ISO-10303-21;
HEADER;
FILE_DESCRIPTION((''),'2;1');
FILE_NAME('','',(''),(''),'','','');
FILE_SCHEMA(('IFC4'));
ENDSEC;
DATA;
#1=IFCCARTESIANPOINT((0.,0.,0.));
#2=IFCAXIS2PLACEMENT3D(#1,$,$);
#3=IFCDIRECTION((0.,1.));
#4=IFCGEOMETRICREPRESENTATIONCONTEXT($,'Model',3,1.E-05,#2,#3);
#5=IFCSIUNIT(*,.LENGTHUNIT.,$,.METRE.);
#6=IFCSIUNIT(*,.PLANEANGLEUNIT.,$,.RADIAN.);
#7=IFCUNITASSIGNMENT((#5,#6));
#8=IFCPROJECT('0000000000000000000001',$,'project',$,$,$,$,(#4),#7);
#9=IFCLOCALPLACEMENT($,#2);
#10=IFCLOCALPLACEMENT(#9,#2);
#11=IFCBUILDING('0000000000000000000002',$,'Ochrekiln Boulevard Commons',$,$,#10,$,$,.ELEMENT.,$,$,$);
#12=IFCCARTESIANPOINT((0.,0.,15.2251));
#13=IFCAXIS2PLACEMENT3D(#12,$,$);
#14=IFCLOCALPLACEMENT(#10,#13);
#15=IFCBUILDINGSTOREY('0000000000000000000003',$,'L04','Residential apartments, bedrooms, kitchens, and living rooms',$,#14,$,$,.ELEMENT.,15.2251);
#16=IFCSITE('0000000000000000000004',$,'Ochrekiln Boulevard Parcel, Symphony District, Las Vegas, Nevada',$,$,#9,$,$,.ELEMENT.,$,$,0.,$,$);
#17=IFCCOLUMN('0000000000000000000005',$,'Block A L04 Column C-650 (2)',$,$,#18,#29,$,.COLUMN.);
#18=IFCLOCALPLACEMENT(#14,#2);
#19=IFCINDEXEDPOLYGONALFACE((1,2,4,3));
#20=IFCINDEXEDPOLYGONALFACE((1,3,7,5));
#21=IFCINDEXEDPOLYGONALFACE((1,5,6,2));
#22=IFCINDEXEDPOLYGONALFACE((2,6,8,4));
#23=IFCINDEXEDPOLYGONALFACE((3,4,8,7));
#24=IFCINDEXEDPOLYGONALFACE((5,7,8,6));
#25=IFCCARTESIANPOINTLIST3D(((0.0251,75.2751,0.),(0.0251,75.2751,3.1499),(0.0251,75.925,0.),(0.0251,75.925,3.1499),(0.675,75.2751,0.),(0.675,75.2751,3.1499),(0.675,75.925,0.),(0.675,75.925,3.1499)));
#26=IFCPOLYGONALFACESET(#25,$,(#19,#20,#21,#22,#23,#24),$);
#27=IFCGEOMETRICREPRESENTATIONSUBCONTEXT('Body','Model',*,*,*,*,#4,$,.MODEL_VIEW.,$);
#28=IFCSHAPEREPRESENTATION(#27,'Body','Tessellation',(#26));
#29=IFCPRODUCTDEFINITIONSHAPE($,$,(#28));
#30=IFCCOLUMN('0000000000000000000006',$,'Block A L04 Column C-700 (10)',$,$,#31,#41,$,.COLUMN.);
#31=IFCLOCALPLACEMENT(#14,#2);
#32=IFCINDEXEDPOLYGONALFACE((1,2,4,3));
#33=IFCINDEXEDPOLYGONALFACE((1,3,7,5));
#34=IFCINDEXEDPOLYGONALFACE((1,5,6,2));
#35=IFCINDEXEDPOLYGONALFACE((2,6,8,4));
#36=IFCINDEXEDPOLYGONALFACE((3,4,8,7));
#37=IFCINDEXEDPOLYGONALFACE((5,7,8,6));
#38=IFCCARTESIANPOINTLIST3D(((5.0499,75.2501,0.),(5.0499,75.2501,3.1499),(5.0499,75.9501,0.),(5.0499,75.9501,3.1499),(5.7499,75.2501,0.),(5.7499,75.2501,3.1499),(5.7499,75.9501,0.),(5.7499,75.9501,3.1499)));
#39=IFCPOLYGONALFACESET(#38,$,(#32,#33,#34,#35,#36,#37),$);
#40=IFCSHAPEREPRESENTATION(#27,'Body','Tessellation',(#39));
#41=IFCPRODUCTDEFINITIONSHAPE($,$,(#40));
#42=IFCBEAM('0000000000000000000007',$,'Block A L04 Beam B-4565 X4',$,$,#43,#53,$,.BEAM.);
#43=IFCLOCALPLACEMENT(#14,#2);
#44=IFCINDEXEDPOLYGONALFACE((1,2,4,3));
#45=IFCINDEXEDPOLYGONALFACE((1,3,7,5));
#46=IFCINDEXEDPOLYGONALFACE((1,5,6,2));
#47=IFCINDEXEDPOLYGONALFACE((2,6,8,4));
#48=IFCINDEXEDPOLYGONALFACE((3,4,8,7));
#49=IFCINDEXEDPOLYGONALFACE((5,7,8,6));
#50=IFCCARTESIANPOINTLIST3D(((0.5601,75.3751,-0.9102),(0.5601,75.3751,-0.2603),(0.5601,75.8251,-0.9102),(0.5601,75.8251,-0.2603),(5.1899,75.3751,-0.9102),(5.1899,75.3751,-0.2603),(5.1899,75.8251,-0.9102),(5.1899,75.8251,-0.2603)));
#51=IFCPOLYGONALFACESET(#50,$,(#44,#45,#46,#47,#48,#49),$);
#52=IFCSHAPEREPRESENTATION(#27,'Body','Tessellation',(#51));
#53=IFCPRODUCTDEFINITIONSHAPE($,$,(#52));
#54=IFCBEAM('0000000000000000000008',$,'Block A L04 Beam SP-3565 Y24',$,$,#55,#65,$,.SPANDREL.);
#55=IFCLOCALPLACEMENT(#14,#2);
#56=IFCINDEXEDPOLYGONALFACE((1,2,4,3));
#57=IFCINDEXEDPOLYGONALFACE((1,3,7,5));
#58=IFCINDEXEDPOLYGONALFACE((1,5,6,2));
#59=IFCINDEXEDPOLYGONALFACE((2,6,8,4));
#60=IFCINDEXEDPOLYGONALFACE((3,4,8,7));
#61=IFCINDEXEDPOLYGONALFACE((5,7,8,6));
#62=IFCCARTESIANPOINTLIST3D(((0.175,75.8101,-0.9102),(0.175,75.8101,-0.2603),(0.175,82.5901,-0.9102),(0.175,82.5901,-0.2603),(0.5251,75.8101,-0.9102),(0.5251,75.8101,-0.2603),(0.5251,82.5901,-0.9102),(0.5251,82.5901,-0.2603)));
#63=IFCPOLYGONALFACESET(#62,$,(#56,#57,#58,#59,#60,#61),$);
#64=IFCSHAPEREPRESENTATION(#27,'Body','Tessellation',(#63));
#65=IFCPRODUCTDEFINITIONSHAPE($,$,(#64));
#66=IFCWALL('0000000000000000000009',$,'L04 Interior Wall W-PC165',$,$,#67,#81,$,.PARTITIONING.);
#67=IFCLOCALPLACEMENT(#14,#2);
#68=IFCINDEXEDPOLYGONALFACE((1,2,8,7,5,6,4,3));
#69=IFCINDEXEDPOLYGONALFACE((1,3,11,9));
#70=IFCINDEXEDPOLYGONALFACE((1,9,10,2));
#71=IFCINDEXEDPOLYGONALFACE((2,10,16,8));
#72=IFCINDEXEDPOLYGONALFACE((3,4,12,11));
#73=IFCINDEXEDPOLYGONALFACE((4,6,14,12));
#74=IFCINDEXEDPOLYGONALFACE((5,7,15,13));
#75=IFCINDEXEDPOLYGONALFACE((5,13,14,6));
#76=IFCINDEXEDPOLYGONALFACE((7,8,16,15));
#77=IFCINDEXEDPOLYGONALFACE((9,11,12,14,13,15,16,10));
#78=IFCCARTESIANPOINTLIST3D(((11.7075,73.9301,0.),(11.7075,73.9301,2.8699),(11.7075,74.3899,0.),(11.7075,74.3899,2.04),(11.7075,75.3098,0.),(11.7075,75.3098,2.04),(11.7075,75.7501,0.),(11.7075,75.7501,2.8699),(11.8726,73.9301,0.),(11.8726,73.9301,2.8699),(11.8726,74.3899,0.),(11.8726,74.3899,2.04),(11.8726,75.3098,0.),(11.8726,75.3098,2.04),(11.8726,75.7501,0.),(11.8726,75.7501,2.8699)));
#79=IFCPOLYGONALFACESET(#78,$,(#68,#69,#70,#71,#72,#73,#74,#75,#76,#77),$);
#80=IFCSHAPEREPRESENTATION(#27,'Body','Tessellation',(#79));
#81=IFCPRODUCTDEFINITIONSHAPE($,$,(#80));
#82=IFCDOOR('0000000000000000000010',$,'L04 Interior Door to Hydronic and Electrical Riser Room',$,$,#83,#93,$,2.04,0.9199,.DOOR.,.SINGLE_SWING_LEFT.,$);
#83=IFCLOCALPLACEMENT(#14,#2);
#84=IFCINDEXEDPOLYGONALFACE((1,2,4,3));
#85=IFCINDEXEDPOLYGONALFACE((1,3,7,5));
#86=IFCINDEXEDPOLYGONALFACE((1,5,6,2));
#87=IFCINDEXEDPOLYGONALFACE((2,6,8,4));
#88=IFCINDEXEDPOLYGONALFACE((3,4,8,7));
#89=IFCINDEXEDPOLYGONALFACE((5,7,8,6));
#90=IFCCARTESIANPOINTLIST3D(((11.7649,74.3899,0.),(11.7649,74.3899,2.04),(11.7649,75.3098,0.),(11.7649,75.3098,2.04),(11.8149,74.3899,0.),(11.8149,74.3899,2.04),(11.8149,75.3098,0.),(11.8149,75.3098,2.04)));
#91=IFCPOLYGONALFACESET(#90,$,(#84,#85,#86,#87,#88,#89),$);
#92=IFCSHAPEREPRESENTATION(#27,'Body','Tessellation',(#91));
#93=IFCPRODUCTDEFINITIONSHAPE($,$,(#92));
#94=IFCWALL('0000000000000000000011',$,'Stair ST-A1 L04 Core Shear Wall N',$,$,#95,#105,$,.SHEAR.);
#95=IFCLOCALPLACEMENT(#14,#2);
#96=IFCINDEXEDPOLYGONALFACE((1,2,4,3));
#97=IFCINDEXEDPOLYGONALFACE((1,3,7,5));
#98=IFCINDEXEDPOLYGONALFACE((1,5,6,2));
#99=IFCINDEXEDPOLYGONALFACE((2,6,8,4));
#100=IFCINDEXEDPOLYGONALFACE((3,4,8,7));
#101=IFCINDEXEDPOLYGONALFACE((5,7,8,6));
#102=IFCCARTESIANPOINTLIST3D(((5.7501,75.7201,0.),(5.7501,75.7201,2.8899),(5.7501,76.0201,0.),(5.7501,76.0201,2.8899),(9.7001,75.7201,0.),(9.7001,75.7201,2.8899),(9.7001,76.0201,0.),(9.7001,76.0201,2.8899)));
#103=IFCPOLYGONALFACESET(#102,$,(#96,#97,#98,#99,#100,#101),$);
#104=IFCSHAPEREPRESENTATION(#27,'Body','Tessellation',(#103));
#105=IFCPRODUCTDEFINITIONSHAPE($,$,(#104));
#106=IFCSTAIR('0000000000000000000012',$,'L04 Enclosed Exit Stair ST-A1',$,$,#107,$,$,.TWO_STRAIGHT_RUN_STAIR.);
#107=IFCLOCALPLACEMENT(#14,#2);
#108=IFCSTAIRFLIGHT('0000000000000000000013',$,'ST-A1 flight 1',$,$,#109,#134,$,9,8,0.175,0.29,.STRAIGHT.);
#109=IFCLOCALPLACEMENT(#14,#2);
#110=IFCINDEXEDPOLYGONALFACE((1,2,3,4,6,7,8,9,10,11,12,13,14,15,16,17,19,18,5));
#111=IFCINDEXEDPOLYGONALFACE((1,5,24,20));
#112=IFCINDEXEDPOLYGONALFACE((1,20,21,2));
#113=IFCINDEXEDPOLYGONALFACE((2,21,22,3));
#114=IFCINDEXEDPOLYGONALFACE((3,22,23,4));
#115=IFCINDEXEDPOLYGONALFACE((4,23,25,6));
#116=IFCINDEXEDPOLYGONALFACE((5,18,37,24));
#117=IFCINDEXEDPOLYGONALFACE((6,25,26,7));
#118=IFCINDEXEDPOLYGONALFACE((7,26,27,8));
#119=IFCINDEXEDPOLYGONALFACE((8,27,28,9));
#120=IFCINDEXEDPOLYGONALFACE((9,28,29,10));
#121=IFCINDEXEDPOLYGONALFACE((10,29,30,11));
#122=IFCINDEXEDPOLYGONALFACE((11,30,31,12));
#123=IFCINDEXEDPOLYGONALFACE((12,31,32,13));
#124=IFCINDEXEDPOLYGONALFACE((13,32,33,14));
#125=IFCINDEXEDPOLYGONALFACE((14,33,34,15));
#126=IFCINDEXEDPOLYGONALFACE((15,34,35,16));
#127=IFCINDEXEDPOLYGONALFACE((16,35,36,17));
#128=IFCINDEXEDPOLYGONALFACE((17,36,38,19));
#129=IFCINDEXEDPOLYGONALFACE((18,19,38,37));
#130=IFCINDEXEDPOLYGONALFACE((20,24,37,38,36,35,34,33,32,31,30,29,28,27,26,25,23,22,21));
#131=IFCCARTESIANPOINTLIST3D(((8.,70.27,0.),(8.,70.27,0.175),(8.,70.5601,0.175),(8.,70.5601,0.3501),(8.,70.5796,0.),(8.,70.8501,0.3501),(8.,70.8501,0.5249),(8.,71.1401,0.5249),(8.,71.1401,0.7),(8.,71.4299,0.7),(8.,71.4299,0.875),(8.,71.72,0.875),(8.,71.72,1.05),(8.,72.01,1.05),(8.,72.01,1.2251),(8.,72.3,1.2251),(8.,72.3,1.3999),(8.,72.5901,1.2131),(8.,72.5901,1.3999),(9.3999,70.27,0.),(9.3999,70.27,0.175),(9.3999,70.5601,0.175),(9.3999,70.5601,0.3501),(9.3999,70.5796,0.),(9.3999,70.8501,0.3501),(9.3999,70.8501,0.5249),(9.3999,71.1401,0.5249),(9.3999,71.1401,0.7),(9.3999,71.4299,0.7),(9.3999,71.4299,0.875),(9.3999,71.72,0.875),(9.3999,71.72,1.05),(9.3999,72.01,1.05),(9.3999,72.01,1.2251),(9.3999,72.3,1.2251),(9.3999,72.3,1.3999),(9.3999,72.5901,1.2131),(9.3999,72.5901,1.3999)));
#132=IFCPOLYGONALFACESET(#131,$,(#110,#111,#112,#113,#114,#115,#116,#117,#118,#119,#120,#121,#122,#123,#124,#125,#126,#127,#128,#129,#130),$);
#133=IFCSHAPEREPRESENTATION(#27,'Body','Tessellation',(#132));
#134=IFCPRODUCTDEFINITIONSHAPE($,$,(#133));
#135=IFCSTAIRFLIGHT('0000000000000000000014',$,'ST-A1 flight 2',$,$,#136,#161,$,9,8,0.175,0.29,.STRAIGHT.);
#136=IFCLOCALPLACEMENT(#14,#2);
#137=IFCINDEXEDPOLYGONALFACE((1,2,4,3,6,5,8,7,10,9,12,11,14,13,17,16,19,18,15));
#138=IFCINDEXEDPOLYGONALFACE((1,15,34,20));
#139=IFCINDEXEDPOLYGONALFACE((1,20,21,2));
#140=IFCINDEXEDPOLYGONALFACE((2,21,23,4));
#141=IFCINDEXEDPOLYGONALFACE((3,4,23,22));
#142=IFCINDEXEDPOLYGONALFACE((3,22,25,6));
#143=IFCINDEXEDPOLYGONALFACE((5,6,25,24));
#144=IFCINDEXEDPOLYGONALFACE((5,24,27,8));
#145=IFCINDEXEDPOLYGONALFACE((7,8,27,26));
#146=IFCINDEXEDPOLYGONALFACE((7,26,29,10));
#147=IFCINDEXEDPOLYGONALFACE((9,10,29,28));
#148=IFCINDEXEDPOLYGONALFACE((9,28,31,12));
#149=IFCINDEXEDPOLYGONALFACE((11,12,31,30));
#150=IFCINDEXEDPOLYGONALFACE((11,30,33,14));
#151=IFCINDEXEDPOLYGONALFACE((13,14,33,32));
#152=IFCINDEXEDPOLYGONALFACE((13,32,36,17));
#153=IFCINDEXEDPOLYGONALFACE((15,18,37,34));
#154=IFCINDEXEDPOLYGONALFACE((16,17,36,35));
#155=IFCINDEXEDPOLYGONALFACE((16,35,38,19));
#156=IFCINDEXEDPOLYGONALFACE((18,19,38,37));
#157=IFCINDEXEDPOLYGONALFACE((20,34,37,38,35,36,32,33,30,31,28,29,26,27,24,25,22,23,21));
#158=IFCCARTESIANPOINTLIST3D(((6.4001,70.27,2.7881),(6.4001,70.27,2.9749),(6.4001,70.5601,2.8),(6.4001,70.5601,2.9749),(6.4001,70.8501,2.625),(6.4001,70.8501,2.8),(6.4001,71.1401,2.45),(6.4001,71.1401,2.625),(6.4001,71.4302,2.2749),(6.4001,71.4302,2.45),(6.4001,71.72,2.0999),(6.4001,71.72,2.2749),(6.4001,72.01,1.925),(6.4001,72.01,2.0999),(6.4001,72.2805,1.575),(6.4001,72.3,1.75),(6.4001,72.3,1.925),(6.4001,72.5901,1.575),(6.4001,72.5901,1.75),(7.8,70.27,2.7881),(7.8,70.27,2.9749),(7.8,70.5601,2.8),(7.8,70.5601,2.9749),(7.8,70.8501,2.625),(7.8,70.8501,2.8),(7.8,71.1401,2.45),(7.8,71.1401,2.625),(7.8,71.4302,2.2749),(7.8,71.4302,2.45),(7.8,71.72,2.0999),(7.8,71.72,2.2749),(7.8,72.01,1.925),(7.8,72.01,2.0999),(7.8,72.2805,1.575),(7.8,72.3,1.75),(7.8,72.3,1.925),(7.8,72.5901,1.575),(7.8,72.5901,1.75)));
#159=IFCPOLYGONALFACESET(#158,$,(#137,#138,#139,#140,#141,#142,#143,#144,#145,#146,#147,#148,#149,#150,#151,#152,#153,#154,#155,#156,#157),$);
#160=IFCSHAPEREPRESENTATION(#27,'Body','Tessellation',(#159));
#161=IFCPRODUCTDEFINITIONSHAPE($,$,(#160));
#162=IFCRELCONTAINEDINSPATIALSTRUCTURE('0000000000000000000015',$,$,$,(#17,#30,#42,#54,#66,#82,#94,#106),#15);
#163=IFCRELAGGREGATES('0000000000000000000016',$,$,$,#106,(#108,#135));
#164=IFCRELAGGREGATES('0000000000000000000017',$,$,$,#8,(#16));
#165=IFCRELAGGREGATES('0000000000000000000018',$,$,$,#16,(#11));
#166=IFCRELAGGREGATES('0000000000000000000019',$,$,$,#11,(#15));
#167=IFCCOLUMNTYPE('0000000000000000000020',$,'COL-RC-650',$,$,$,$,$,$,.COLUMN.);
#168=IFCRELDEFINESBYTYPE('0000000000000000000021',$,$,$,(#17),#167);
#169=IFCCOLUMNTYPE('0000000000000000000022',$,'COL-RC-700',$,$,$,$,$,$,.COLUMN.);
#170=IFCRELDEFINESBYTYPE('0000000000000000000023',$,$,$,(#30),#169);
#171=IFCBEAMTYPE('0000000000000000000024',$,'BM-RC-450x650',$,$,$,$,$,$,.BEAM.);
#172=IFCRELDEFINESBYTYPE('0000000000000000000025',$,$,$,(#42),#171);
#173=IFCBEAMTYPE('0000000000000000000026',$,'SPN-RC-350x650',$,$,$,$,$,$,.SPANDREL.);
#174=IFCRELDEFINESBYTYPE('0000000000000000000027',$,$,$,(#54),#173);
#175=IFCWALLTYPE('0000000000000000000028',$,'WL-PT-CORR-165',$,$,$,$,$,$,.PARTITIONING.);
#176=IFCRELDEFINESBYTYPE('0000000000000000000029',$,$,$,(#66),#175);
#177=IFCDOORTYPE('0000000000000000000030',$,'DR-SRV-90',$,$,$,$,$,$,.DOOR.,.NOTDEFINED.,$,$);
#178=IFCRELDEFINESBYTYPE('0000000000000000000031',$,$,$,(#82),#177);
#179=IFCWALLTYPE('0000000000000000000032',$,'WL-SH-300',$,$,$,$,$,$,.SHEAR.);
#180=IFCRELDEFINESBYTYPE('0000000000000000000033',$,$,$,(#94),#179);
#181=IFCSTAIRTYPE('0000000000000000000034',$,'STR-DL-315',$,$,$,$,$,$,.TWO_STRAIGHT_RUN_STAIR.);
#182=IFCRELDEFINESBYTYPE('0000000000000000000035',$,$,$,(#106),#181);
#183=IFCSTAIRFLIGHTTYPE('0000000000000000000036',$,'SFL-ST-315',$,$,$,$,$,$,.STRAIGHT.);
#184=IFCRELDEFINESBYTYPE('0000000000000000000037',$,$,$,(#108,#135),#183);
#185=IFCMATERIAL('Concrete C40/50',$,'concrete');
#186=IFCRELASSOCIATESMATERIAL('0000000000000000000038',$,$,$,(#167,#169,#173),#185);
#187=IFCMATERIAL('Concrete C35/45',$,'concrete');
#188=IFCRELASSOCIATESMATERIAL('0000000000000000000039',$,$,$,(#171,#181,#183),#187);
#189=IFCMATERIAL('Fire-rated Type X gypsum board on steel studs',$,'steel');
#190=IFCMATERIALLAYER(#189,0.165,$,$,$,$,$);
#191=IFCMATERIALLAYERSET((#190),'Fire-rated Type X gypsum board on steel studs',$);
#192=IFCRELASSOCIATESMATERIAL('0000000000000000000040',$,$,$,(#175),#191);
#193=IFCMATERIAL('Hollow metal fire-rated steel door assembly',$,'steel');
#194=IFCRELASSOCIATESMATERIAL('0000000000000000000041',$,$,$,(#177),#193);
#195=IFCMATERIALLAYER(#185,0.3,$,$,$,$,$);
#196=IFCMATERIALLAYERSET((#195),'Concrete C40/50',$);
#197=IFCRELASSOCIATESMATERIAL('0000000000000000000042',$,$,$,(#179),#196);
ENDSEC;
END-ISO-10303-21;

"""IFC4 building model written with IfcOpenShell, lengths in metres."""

from ifc_helpers import new_model, si_unit, direction, frame, frame_2d, origin, origin_2d, place, context, subcontext, project, spatial, polyline, rectangle, outline, extrude, material, layer, layer_set, material_profile, profile_set, type_object, element, fill, aggregate, save


model = new_model("IFC4")

# Units and contexts
model_context = context("Model", 3, precision=1e-05, world=origin(), true_north=direction((0.0, 1.0)))
body_context = subcontext(model_context, "Body", "Model", "MODEL_VIEW")
ifc_project = project(units=[si_unit("LENGTHUNIT", "METRE"), si_unit("PLANEANGLEUNIT", "RADIAN")], contexts=[model_context])

# Site, building, storey
site_placement = place(None, origin())
site = spatial("IfcSite", under=ifc_project, at=site_placement, Name="Ochrekiln Boulevard Parcel, Symphony District, Las Vegas, Nevada", CompositionType="ELEMENT", RefElevation=0.0)
building_placement = place(site_placement, origin())
building = spatial("IfcBuilding", under=site, at=building_placement, Name="Ochrekiln Boulevard Commons", CompositionType="ELEMENT")
storey_placement = place(building_placement, frame((0.0, 0.0, 15.2251)))
storey = spatial("IfcBuildingStorey", under=building, at=storey_placement, Name="L04", Description="Residential apartments, bedrooms, kitchens, and living rooms", CompositionType="ELEMENT", Elevation=15.2251)

# Columns
ifc_material_1 = material(Name="Concrete C40/50", Category="concrete")
ifc_material_profile_1 = material_profile(ifc_material_1, rectangle(XDim=0.6499, YDim=0.6499, at=origin_2d()), Name="RC-COL-650x650")
ifc_profile_set_1 = profile_set([ifc_material_profile_1], Name="Concrete C40/50")
column_type_1 = type_object("IfcColumnType", Name="COL-RC-650", PredefinedType="COLUMN", material=ifc_profile_set_1)
column_1_placement = place(storey_placement, frame((0.3501, 75.6001, 0.0), z_axis=(0.0, 0.0, 1.0), x_axis=(1.0, 0.0, 0.0)))
element("IfcColumn", 1, at=column_1_placement, inside=storey, type_object=column_type_1, Name="Block A L04 Column C-650 (2)", PredefinedType="COLUMN", context=body_context, shape_type="SweptSolid", body=[
    extrude(rectangle(XDim=0.6499, YDim=0.6499, at=origin_2d()), origin(), (0.0, 0.0, 1.0), 3.1499),
])
ifc_material_profile_2 = material_profile(ifc_material_1, rectangle(XDim=0.7, YDim=0.7, at=origin_2d()), Name="RC-COL-700x700")
ifc_profile_set_2 = profile_set([ifc_material_profile_2], Name="Concrete C40/50")
column_type_2 = type_object("IfcColumnType", Name="COL-RC-700", PredefinedType="COLUMN", material=ifc_profile_set_2)
column_2_placement = place(storey_placement, frame((5.3999, 75.6001, 0.0), z_axis=(0.0, 0.0, 1.0), x_axis=(1.0, 0.0, 0.0)))
element("IfcColumn", 2, at=column_2_placement, inside=storey, type_object=column_type_2, Name="Block A L04 Column C-700 (10)", PredefinedType="COLUMN", context=body_context, shape_type="SweptSolid", body=[
    extrude(rectangle(XDim=0.7, YDim=0.7, at=origin_2d()), origin(), (0.0, 0.0, 1.0), 3.1499),
])

# Beams
ifc_material_2 = material(Name="Concrete C35/45", Category="concrete")
ifc_material_profile_3 = material_profile(ifc_material_2, rectangle(XDim=0.45, YDim=0.6499, at=origin_2d()), Name="RC-BM-450x650")
ifc_profile_set_3 = profile_set([ifc_material_profile_3], Name="Concrete C35/45")
beam_type_1 = type_object("IfcBeamType", Name="BM-RC-450x650", PredefinedType="BEAM", material=ifc_profile_set_3)
beam_1_placement = place(storey_placement, frame((0.5601, 75.6001, -0.5852), z_axis=(1.0, 0.0, 0.0), x_axis=(0.0, 1.0, 0.0)))
element("IfcBeam", 3, at=beam_1_placement, inside=storey, type_object=beam_type_1, Name="Block A L04 Beam B-4565 X4", PredefinedType="BEAM", context=body_context, shape_type="SweptSolid", body=[
    extrude(rectangle(XDim=0.45, YDim=0.6499, at=origin_2d()), origin(), (0.0, 0.0, 1.0), 4.6299),
])
ifc_material_profile_4 = material_profile(ifc_material_1, rectangle(XDim=0.3501, YDim=0.6499, at=origin_2d()), Name="RC-SPN-350x650")
ifc_profile_set_4 = profile_set([ifc_material_profile_4], Name="Concrete C40/50")
beam_type_2 = type_object("IfcBeamType", Name="SPN-RC-350x650", PredefinedType="SPANDREL", material=ifc_profile_set_4)
beam_2_placement = place(storey_placement, frame((0.3501, 75.8101, -0.5852), z_axis=(0.0, 1.0, 0.0), x_axis=(-1.0, 0.0, 0.0)))
element("IfcBeam", 4, at=beam_2_placement, inside=storey, type_object=beam_type_2, Name="Block A L04 Beam SP-3565 Y24", PredefinedType="SPANDREL", context=body_context, shape_type="SweptSolid", body=[
    extrude(rectangle(XDim=0.3501, YDim=0.6499, at=origin_2d()), origin(), (0.0, 0.0, 1.0), 6.78),
])

# Wall, opening, door
ifc_material_3 = material(Name="Fire-rated Type X gypsum board on steel studs", Category="steel")
ifc_layer_1 = layer(ifc_material_3, 0.165)
ifc_layer_set_1 = layer_set([ifc_layer_1], Name="Fire-rated Type X gypsum board on steel studs")
wall_type_1 = type_object("IfcWallType", Name="WL-PT-CORR-165", PredefinedType="PARTITIONING", material=ifc_layer_set_1)
wall_1_placement = place(storey_placement, frame((11.79, 73.9299, 0.0), z_axis=(0.0, 0.0, 1.0), x_axis=(0.0, 1.0, 0.0)))
wall_1 = element("IfcWall", 5, at=wall_1_placement, inside=storey, type_object=wall_type_1, Name="L04 Interior Wall W-PC165", PredefinedType="PARTITIONING", context=body_context, shape_type="SweptSolid", body=[
    extrude(rectangle(XDim=1.8201, YDim=0.165, at=frame_2d((0.9102, 0.0))), origin(), (0.0, 0.0, 1.0), 2.8699),
])
opening_1_placement = place(wall_1_placement, frame((0.46, 0.0, 0.0)))
opening_1 = element("IfcOpeningElement", 6, at=opening_1_placement, cuts=wall_1, PredefinedType="OPENING", context=body_context, shape_type="SweptSolid", body=[
    extrude(rectangle(XDim=0.9199, YDim=2.04, at=frame_2d((0.46, 1.02))), frame((0.0, 0.0925, 0.0), z_axis=(0.0, -1.0, 0.0), x_axis=(1.0, 0.0, 0.0)), (0.0, 0.0, 1.0), 0.1851),
])
ifc_material_4 = material(Name="Hollow metal fire-rated steel door assembly", Category="steel")
door_type_1 = type_object("IfcDoorType", Name="DR-SRV-90", OperationType="NOTDEFINED", PredefinedType="DOOR", material=ifc_material_4)
door_1_placement = place(opening_1_placement, frame((0.9199, 0.0, 0.0), z_axis=(0.0, 0.0, 1.0), x_axis=(-1.0, 0.0, 0.0)))
door_1 = element("IfcDoor", 7, at=door_1_placement, inside=storey, type_object=door_type_1, Name="L04 Interior Door to Hydronic and Electrical Riser Room", OperationType="SINGLE_SWING_LEFT", OverallHeight=2.04, OverallWidth=0.9199, PredefinedType="DOOR", context=body_context, shape_type="SweptSolid", body=[
    extrude(rectangle(XDim=0.9199, YDim=2.04, at=frame_2d((0.46, 1.02))), frame((0.0, 0.0249, 0.0), z_axis=(0.0, -1.0, 0.0), x_axis=(1.0, 0.0, 0.0)), (0.0, 0.0, 1.0), 0.05),
])
fill(opening_1, door_1)

# Wall
ifc_layer_2 = layer(ifc_material_1, 0.3)
ifc_layer_set_2 = layer_set([ifc_layer_2], Name="Concrete C40/50")
wall_type_2 = type_object("IfcWallType", Name="WL-SH-300", PredefinedType="SHEAR", material=ifc_layer_set_2)
wall_2_placement = place(storey_placement, frame((5.75, 75.8701, 0.0), z_axis=(0.0, 0.0, 1.0), x_axis=(1.0, 0.0, 0.0)))
element("IfcWall", 8, at=wall_2_placement, inside=storey, type_object=wall_type_2, Name="Stair ST-A1 L04 Core Shear Wall N", PredefinedType="SHEAR", context=body_context, shape_type="SweptSolid", body=[
    extrude(rectangle(XDim=3.95, YDim=0.3, at=frame_2d((1.9751, 0.0))), origin(), (0.0, 0.0, 1.0), 2.8899),
])

# Stair, stair flights
stair_type = type_object("IfcStairType", Name="STR-DL-315", PredefinedType="TWO_STRAIGHT_RUN_STAIR", material=ifc_material_2)
stair_placement = place(storey_placement, origin())
stair = element("IfcStair", 9, at=stair_placement, inside=storey, type_object=stair_type, Name="L04 Enclosed Exit Stair ST-A1", PredefinedType="TWO_STRAIGHT_RUN_STAIR")
stair_flight_type = type_object("IfcStairFlightType", Name="SFL-ST-315", PredefinedType="STRAIGHT", material=ifc_material_2)
stair_flight_1_placement = place(storey_placement, frame((8.7, 70.27, 0.0), z_axis=(0.0, 0.0, 1.0), x_axis=(0.0, 1.0, 0.0)))
stair_flight_1 = element("IfcStairFlight", 10, at=stair_flight_1_placement, type_object=stair_flight_type, Name="ST-A1 flight 1", NumberOfRisers=9, NumberOfTreads=8, PredefinedType="STRAIGHT", RiserHeight=0.175, TreadLength=0.29, context=body_context, shape_type="SweptSolid", body=[
    extrude(outline(polyline([(0.0, 0.0), (0.0, 0.175), (0.29, 0.175), (0.29, 0.3501), (0.5801, 0.3501), (0.5801, 0.5249), (0.8701, 0.5249), (0.8701, 0.7), (1.1599, 0.7), (1.1599, 0.875), (1.45, 0.875), (1.45, 1.05), (1.74, 1.05), (1.74, 1.2251), (2.03, 1.2251), (2.03, 1.3999), (2.3201, 1.3999), (2.3201, 1.575), (2.3201, 1.2131), (0.3096, 0.0), (0.0, 0.0)])), frame((0.0, 0.7, 0.0), z_axis=(0.0, -1.0, 0.0), x_axis=(1.0, 0.0, 0.0)), (0.0, 0.0, 1.0), 1.3999),
])
stair_flight_2_placement = place(storey_placement, frame((7.1001, 72.5901, 1.575), z_axis=(0.0, 0.0, 1.0), x_axis=(0.0, -1.0, 0.0)))
stair_flight_2 = element("IfcStairFlight", 11, at=stair_flight_2_placement, type_object=stair_flight_type, Name="ST-A1 flight 2", NumberOfRisers=9, NumberOfTreads=8, PredefinedType="STRAIGHT", RiserHeight=0.175, TreadLength=0.29, context=body_context, shape_type="SweptSolid", body=[
    extrude(outline(polyline([(0.0, 0.0), (0.0, 0.175), (0.29, 0.175), (0.29, 0.3501), (0.5801, 0.3501), (0.5801, 0.5249), (0.8701, 0.5249), (0.8701, 0.7), (1.1599, 0.7), (1.1599, 0.875), (1.45, 0.875), (1.45, 1.05), (1.74, 1.05), (1.74, 1.2251), (2.03, 1.2251), (2.03, 1.3999), (2.3201, 1.3999), (2.3201, 1.575), (2.3201, 1.2131), (0.3096, 0.0), (0.0, 0.0)])), frame((0.0, 0.7, 0.0), z_axis=(0.0, -1.0, 0.0), x_axis=(1.0, 0.0, 0.0)), (0.0, 0.0, 1.0), 1.3999),
])
aggregate(stair, [stair_flight_1, stair_flight_2])

save(model, "model.ifc")
